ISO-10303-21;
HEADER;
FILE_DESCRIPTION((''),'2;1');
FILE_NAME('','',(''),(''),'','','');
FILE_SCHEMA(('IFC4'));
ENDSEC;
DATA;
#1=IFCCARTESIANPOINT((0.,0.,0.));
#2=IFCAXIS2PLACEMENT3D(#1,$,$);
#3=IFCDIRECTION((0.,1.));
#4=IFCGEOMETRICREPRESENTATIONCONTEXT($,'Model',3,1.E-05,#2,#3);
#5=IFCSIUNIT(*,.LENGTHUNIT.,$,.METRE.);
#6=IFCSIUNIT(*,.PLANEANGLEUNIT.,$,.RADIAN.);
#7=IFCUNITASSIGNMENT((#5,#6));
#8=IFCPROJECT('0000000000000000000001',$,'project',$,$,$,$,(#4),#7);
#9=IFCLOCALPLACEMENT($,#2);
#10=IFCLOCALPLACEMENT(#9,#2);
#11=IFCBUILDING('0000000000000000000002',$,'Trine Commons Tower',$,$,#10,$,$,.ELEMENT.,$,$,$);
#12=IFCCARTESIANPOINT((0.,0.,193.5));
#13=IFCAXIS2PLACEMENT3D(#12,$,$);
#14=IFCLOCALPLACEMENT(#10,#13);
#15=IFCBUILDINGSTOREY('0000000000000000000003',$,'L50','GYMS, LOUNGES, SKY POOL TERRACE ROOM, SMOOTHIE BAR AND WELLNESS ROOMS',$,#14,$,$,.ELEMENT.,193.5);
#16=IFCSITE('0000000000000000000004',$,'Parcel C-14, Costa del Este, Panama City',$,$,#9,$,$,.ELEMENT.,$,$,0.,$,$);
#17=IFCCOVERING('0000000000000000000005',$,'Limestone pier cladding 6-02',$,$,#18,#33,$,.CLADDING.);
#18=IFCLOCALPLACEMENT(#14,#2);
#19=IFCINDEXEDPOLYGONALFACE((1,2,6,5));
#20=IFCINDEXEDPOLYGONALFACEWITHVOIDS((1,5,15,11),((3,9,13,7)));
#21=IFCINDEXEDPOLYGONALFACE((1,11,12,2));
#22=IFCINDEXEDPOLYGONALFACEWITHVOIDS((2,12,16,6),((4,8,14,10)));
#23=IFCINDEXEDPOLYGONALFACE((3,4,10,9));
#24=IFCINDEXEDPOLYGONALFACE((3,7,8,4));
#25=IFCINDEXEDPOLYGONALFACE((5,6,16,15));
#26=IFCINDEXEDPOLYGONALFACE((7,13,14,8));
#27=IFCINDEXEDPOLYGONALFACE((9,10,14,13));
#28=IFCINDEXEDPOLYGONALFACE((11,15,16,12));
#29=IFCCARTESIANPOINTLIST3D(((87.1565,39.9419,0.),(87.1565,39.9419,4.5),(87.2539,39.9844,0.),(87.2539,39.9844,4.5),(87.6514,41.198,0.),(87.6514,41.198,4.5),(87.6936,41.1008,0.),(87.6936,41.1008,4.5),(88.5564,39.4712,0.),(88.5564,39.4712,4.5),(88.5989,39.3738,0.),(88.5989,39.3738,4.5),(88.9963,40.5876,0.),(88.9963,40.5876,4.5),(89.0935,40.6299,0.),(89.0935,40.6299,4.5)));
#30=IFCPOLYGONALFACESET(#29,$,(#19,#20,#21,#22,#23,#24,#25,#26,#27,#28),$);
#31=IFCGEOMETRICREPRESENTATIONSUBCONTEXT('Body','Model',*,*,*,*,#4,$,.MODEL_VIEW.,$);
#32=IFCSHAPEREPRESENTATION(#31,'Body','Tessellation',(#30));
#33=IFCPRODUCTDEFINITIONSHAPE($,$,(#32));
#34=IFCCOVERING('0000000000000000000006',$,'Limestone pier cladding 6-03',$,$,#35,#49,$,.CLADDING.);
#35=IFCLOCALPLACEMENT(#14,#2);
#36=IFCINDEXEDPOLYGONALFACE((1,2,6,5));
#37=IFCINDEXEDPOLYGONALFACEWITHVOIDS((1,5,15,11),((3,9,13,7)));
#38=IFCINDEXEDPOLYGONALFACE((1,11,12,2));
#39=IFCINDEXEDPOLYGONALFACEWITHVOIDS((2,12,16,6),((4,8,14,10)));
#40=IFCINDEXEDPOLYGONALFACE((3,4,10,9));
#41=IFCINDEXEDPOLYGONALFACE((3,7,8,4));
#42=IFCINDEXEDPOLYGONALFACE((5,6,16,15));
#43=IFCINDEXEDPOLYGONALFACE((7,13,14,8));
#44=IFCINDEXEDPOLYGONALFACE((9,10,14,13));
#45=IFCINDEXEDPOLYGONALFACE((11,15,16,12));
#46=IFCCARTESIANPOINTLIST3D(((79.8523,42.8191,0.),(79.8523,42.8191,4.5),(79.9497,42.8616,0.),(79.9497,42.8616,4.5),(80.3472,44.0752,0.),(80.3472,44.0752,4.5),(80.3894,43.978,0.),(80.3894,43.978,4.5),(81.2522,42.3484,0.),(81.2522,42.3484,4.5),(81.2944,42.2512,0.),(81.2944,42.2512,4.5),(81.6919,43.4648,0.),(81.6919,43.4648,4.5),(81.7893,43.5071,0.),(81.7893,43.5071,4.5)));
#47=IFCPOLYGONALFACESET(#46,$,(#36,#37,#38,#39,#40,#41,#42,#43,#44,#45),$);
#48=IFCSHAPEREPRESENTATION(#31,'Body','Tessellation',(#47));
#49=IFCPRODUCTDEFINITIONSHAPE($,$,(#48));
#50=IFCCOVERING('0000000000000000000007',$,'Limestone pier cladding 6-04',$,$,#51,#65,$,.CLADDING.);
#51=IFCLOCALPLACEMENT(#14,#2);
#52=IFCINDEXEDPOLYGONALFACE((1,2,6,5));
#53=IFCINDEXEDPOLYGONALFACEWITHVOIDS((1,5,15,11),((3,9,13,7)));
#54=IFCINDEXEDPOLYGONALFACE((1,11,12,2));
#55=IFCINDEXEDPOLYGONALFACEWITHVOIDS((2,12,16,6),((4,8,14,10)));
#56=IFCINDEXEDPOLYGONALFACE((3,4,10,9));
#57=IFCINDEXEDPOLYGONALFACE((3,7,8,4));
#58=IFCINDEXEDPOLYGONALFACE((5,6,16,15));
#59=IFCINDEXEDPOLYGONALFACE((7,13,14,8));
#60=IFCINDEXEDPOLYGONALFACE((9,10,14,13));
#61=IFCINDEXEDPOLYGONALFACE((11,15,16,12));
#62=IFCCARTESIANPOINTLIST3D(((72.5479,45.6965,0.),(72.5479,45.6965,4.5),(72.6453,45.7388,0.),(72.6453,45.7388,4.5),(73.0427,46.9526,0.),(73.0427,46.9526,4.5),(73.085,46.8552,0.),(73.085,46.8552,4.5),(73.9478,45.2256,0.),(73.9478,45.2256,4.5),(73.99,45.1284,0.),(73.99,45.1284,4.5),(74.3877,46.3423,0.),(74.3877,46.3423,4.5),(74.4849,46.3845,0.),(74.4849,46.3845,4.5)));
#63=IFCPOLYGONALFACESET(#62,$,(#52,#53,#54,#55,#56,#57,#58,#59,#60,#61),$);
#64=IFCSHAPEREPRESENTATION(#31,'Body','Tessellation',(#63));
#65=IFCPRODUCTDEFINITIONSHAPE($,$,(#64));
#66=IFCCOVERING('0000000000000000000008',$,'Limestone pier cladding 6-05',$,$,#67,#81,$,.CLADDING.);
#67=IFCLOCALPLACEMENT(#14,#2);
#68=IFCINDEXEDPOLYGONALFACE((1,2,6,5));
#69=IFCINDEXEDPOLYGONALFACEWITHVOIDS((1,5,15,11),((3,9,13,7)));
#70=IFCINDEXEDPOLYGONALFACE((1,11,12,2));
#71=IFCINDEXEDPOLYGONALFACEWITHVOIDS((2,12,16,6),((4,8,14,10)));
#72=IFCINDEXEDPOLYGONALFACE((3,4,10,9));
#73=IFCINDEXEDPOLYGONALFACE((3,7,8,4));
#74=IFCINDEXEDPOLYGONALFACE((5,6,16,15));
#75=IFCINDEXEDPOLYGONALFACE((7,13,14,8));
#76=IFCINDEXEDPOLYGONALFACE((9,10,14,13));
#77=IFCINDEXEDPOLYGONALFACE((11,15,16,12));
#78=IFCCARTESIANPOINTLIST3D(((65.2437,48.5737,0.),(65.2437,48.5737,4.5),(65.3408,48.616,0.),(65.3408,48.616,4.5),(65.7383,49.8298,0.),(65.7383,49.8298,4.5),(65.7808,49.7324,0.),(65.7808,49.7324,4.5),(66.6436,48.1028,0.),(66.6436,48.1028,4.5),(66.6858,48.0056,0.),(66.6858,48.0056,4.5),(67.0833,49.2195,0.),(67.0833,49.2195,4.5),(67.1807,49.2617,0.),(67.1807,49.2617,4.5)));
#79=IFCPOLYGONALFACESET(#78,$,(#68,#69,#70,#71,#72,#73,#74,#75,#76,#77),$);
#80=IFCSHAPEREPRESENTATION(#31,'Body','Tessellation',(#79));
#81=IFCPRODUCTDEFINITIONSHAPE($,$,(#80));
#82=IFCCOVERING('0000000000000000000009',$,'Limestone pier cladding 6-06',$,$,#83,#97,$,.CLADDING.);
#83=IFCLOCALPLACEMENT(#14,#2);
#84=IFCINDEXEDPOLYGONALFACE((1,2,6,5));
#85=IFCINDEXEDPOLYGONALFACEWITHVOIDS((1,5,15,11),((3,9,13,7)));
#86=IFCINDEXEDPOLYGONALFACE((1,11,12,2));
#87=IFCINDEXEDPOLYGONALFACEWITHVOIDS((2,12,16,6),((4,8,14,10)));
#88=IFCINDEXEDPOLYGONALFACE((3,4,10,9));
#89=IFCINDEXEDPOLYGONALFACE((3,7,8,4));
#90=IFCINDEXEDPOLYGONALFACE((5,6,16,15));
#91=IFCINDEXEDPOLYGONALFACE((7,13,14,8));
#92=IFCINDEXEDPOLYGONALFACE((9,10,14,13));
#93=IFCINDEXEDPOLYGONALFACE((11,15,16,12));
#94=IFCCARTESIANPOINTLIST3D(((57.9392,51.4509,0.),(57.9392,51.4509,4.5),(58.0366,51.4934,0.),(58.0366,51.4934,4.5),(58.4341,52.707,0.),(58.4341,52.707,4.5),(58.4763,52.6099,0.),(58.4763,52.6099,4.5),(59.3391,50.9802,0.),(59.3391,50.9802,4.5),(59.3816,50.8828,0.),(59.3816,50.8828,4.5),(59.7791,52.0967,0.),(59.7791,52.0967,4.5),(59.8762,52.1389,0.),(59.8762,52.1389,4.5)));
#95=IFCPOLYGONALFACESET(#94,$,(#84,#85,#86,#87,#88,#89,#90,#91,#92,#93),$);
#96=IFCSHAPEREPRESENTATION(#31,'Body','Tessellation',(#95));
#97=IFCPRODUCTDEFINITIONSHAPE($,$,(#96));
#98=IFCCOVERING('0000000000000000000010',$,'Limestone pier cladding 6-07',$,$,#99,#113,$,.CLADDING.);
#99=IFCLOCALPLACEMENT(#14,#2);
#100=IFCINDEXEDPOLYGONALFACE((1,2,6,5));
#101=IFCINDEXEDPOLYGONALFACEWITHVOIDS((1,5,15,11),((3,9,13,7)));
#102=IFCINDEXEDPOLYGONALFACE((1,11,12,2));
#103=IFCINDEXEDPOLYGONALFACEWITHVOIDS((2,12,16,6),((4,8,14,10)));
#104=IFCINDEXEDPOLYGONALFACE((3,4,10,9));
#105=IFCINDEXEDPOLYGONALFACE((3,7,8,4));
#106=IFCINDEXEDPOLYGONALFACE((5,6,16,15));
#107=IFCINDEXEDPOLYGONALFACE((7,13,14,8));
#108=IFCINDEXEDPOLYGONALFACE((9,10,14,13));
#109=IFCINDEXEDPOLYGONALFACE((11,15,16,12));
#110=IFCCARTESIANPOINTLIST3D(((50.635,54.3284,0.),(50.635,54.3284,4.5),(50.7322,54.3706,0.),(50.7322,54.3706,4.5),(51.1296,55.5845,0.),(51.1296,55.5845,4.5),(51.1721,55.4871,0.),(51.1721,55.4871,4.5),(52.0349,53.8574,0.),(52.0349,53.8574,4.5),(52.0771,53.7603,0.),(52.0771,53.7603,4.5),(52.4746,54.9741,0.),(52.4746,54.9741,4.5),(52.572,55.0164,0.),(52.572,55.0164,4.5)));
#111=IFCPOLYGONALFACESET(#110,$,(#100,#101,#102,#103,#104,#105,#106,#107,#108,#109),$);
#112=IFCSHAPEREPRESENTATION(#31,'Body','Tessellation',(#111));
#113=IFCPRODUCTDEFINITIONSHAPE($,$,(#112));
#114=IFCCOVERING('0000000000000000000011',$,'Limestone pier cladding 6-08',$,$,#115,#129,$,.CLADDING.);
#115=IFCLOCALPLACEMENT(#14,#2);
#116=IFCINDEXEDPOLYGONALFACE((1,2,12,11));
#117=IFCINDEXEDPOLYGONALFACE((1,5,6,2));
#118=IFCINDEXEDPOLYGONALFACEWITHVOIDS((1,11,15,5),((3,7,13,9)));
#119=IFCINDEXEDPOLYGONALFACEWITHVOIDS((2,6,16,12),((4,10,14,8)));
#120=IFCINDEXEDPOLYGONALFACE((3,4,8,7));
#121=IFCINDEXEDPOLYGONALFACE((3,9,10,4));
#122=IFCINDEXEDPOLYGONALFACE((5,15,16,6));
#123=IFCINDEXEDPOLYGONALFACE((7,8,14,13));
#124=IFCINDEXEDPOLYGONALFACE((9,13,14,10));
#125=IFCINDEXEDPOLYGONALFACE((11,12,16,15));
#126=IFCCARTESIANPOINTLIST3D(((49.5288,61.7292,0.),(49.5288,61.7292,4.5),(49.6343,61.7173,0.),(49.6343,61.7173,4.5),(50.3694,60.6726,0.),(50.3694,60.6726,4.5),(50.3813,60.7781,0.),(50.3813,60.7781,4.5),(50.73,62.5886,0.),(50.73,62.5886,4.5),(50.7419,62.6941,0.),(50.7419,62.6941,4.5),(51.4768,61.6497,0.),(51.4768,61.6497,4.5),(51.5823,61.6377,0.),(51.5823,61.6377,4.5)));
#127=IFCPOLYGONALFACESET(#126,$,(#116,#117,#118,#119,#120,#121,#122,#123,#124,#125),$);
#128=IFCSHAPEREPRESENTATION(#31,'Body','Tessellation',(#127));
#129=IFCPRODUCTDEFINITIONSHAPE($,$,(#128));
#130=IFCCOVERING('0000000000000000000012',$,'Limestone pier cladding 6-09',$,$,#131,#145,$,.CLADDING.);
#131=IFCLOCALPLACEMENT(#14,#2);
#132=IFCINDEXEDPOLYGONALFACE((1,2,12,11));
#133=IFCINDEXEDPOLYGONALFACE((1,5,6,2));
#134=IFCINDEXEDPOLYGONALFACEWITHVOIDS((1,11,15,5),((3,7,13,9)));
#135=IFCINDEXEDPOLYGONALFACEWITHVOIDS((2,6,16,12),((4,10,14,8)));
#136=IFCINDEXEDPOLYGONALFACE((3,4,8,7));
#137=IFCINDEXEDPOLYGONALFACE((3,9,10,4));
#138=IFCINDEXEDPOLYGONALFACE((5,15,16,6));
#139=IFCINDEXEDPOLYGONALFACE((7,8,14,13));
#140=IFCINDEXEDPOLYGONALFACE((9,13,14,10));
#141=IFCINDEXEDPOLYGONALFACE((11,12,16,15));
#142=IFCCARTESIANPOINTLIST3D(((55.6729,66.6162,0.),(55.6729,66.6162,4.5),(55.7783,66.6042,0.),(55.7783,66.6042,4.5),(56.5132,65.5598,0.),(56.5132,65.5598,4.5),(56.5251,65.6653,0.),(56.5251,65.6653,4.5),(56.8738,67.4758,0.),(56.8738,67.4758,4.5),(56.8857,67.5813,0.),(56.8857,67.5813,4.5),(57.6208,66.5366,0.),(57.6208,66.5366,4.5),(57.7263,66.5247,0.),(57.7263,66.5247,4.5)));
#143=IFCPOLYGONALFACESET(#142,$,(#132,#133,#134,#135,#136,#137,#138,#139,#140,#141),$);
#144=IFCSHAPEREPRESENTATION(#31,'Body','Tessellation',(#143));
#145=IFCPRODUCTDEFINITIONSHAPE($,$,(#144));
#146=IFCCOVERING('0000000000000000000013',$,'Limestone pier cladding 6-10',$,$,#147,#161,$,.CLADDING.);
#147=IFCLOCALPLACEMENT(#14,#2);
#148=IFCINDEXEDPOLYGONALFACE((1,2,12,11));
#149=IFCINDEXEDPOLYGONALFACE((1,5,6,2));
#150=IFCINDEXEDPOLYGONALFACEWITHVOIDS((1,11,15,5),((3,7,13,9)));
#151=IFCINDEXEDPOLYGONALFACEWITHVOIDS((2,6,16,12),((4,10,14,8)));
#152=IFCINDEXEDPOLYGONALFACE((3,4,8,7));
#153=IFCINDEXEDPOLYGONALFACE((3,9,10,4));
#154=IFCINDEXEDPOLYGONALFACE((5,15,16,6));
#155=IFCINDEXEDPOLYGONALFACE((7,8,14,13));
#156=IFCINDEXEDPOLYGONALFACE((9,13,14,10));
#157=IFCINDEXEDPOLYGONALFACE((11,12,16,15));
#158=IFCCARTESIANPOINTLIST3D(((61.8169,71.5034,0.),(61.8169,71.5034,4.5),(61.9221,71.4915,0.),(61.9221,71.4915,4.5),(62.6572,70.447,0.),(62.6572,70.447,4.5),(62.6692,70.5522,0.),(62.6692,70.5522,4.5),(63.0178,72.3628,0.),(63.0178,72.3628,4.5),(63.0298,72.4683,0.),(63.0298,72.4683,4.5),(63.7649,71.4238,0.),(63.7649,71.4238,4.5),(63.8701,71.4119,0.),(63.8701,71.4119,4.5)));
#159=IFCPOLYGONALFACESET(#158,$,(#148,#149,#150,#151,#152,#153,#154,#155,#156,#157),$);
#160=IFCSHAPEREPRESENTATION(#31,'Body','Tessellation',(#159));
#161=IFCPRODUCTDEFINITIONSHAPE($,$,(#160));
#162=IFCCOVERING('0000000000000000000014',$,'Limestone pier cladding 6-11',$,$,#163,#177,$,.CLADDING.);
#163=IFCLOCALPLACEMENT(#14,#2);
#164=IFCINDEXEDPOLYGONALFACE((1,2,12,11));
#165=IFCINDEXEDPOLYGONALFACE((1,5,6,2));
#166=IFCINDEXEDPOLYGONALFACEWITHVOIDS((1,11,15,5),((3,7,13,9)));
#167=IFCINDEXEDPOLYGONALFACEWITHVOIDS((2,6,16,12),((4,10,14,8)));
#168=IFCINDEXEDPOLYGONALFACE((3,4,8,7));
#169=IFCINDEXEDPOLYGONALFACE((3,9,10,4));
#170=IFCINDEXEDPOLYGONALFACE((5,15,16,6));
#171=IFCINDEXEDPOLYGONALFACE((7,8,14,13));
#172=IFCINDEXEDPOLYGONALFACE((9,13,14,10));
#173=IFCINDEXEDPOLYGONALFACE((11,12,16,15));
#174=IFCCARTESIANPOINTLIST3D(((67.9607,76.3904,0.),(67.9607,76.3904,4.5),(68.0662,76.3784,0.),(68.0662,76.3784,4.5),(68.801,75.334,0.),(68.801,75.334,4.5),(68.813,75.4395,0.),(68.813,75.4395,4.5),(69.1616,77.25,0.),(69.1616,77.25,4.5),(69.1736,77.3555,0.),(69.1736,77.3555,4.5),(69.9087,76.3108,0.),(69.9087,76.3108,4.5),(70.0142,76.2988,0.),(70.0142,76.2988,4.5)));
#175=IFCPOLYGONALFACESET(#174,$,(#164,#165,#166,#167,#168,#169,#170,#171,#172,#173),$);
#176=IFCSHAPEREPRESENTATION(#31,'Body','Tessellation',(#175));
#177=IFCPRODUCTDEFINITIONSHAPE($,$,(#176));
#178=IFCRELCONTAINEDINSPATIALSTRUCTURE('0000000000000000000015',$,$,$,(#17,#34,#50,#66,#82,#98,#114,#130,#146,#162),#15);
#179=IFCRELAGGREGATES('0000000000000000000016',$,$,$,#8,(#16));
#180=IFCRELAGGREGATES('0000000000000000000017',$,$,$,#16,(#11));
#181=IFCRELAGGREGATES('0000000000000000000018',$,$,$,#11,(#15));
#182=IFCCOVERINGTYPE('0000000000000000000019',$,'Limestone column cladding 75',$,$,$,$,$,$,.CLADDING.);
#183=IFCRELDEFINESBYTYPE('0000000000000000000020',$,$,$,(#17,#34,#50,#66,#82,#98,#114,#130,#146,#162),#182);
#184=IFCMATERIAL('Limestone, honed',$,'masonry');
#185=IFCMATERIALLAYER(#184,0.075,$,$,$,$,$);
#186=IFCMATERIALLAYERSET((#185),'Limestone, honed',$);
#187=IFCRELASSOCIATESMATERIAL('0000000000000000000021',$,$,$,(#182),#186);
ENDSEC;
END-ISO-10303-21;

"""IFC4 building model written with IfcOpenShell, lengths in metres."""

from ifc_helpers import new_model, si_unit, direction, frame, origin, place, context, subcontext, project, spatial, polyline, outline, extrude, material, layer, layer_set, type_object, element, save


model = new_model("IFC4")

# Units and contexts
model_context = context("Model", 3, precision=1e-05, world=origin(), true_north=direction((0.0, 1.0)))
body_context = subcontext(model_context, "Body", "Model", "MODEL_VIEW")
ifc_project = project(units=[si_unit("LENGTHUNIT", "METRE"), si_unit("PLANEANGLEUNIT", "RADIAN")], contexts=[model_context])

# Site, building, storey
site_placement = place(None, origin())
site = spatial("IfcSite", under=ifc_project, at=site_placement, Name="Parcel C-14, Costa del Este, Panama City", CompositionType="ELEMENT", RefElevation=0.0)
building_placement = place(site_placement, origin())
building = spatial("IfcBuilding", under=site, at=building_placement, Name="Trine Commons Tower", CompositionType="ELEMENT")
storey_placement = place(building_placement, frame((0.0, 0.0, 193.5)))
storey = spatial("IfcBuildingStorey", under=building, at=storey_placement, Name="L50", Description="GYMS, LOUNGES, SKY POOL TERRACE ROOM, SMOOTHIE BAR AND WELLNESS ROOMS", CompositionType="ELEMENT", Elevation=193.5)

# Coverings
ifc_material_1 = material(Name="Limestone, honed", Category="masonry")
ifc_layer_1 = layer(ifc_material_1, 0.075)
ifc_layer_set_1 = layer_set([ifc_layer_1], Name="Limestone, honed")
covering_type_1 = type_object("IfcCoveringType", Name="Limestone column cladding 75", PredefinedType="CLADDING", material=ifc_layer_set_1)
covering_1_placement = place(storey_placement, origin())
element("IfcCovering", 1, at=covering_1_placement, inside=storey, type_object=covering_type_1, Name="Limestone pier cladding 6-02", PredefinedType="CLADDING", context=body_context, shape_type="SweptSolid", body=[
    extrude(outline(polyline([(87.6514, 41.198), (87.1565, 39.9419), (88.5989, 39.3738), (89.0935, 40.6299), (87.6514, 41.198)]), holes=[polyline([(87.6936, 41.1008), (87.2539, 39.9844), (88.5564, 39.4712), (88.9963, 40.5876), (87.6936, 41.1008)])]), origin(), (0.0, 0.0, 1.0), 4.5),
])
covering_2_placement = place(storey_placement, origin())
element("IfcCovering", 2, at=covering_2_placement, inside=storey, type_object=covering_type_1, Name="Limestone pier cladding 6-03", PredefinedType="CLADDING", context=body_context, shape_type="SweptSolid", body=[
    extrude(outline(polyline([(80.3472, 44.0752), (79.8523, 42.8191), (81.2944, 42.2512), (81.7893, 43.5071), (80.3472, 44.0752)]), holes=[polyline([(80.3894, 43.978), (79.9497, 42.8616), (81.2522, 42.3484), (81.6919, 43.4648), (80.3894, 43.978)])]), origin(), (0.0, 0.0, 1.0), 4.5),
])
covering_3_placement = place(storey_placement, origin())
element("IfcCovering", 3, at=covering_3_placement, inside=storey, type_object=covering_type_1, Name="Limestone pier cladding 6-04", PredefinedType="CLADDING", context=body_context, shape_type="SweptSolid", body=[
    extrude(outline(polyline([(73.0427, 46.9526), (72.5479, 45.6965), (73.99, 45.1284), (74.4849, 46.3845), (73.0427, 46.9526)]), holes=[polyline([(73.085, 46.8552), (72.6453, 45.7388), (73.9478, 45.2256), (74.3877, 46.3423), (73.085, 46.8552)])]), origin(), (0.0, 0.0, 1.0), 4.5),
])
covering_4_placement = place(storey_placement, origin())
element("IfcCovering", 4, at=covering_4_placement, inside=storey, type_object=covering_type_1, Name="Limestone pier cladding 6-05", PredefinedType="CLADDING", context=body_context, shape_type="SweptSolid", body=[
    extrude(outline(polyline([(65.7383, 49.8298), (65.2437, 48.5737), (66.6858, 48.0056), (67.1807, 49.2617), (65.7383, 49.8298)]), holes=[polyline([(65.7808, 49.7324), (65.3408, 48.616), (66.6436, 48.1028), (67.0833, 49.2195), (65.7808, 49.7324)])]), origin(), (0.0, 0.0, 1.0), 4.5),
])
covering_5_placement = place(storey_placement, origin())
element("IfcCovering", 5, at=covering_5_placement, inside=storey, type_object=covering_type_1, Name="Limestone pier cladding 6-06", PredefinedType="CLADDING", context=body_context, shape_type="SweptSolid", body=[
    extrude(outline(polyline([(58.4341, 52.707), (57.9392, 51.4509), (59.3816, 50.8828), (59.8762, 52.1389), (58.4341, 52.707)]), holes=[polyline([(58.4763, 52.6099), (58.0366, 51.4934), (59.3391, 50.9802), (59.7791, 52.0967), (58.4763, 52.6099)])]), origin(), (0.0, 0.0, 1.0), 4.5),
])
covering_6_placement = place(storey_placement, origin())
element("IfcCovering", 6, at=covering_6_placement, inside=storey, type_object=covering_type_1, Name="Limestone pier cladding 6-07", PredefinedType="CLADDING", context=body_context, shape_type="SweptSolid", body=[
    extrude(outline(polyline([(51.1296, 55.5845), (50.635, 54.3284), (52.0771, 53.7603), (52.572, 55.0164), (51.1296, 55.5845)]), holes=[polyline([(51.1721, 55.4871), (50.7322, 54.3706), (52.0349, 53.8574), (52.4746, 54.9741), (51.1721, 55.4871)])]), origin(), (0.0, 0.0, 1.0), 4.5),
])
covering_7_placement = place(storey_placement, origin())
element("IfcCovering", 7, at=covering_7_placement, inside=storey, type_object=covering_type_1, Name="Limestone pier cladding 6-08", PredefinedType="CLADDING", context=body_context, shape_type="SweptSolid", body=[
    extrude(outline(polyline([(51.5823, 61.6377), (50.7419, 62.6941), (49.5288, 61.7292), (50.3694, 60.6726), (51.5823, 61.6377)]), holes=[polyline([(51.4768, 61.6497), (50.73, 62.5886), (49.6343, 61.7173), (50.3813, 60.7781), (51.4768, 61.6497)])]), origin(), (0.0, 0.0, 1.0), 4.5),
])
covering_8_placement = place(storey_placement, origin())
element("IfcCovering", 8, at=covering_8_placement, inside=storey, type_object=covering_type_1, Name="Limestone pier cladding 6-09", PredefinedType="CLADDING", context=body_context, shape_type="SweptSolid", body=[
    extrude(outline(polyline([(57.7263, 66.5247), (56.8857, 67.5813), (55.6729, 66.6162), (56.5132, 65.5598), (57.7263, 66.5247)]), holes=[polyline([(57.6208, 66.5366), (56.8738, 67.4758), (55.7783, 66.6042), (56.5251, 65.6653), (57.6208, 66.5366)])]), origin(), (0.0, 0.0, 1.0), 4.5),
])
covering_9_placement = place(storey_placement, origin())
element("IfcCovering", 9, at=covering_9_placement, inside=storey, type_object=covering_type_1, Name="Limestone pier cladding 6-10", PredefinedType="CLADDING", context=body_context, shape_type="SweptSolid", body=[
    extrude(outline(polyline([(63.8701, 71.4119), (63.0298, 72.4683), (61.8169, 71.5034), (62.6572, 70.447), (63.8701, 71.4119)]), holes=[polyline([(63.7649, 71.4238), (63.0178, 72.3628), (61.9221, 71.4915), (62.6692, 70.5522), (63.7649, 71.4238)])]), origin(), (0.0, 0.0, 1.0), 4.5),
])
covering_10_placement = place(storey_placement, origin())
element("IfcCovering", 10, at=covering_10_placement, inside=storey, type_object=covering_type_1, Name="Limestone pier cladding 6-11", PredefinedType="CLADDING", context=body_context, shape_type="SweptSolid", body=[
    extrude(outline(polyline([(70.0142, 76.2988), (69.1736, 77.3555), (67.9607, 76.3904), (68.801, 75.334), (70.0142, 76.2988)]), holes=[polyline([(69.9087, 76.3108), (69.1616, 77.25), (68.0662, 76.3784), (68.813, 75.4395), (69.9087, 76.3108)])]), origin(), (0.0, 0.0, 1.0), 4.5),
])

save(model, "model.ifc")
